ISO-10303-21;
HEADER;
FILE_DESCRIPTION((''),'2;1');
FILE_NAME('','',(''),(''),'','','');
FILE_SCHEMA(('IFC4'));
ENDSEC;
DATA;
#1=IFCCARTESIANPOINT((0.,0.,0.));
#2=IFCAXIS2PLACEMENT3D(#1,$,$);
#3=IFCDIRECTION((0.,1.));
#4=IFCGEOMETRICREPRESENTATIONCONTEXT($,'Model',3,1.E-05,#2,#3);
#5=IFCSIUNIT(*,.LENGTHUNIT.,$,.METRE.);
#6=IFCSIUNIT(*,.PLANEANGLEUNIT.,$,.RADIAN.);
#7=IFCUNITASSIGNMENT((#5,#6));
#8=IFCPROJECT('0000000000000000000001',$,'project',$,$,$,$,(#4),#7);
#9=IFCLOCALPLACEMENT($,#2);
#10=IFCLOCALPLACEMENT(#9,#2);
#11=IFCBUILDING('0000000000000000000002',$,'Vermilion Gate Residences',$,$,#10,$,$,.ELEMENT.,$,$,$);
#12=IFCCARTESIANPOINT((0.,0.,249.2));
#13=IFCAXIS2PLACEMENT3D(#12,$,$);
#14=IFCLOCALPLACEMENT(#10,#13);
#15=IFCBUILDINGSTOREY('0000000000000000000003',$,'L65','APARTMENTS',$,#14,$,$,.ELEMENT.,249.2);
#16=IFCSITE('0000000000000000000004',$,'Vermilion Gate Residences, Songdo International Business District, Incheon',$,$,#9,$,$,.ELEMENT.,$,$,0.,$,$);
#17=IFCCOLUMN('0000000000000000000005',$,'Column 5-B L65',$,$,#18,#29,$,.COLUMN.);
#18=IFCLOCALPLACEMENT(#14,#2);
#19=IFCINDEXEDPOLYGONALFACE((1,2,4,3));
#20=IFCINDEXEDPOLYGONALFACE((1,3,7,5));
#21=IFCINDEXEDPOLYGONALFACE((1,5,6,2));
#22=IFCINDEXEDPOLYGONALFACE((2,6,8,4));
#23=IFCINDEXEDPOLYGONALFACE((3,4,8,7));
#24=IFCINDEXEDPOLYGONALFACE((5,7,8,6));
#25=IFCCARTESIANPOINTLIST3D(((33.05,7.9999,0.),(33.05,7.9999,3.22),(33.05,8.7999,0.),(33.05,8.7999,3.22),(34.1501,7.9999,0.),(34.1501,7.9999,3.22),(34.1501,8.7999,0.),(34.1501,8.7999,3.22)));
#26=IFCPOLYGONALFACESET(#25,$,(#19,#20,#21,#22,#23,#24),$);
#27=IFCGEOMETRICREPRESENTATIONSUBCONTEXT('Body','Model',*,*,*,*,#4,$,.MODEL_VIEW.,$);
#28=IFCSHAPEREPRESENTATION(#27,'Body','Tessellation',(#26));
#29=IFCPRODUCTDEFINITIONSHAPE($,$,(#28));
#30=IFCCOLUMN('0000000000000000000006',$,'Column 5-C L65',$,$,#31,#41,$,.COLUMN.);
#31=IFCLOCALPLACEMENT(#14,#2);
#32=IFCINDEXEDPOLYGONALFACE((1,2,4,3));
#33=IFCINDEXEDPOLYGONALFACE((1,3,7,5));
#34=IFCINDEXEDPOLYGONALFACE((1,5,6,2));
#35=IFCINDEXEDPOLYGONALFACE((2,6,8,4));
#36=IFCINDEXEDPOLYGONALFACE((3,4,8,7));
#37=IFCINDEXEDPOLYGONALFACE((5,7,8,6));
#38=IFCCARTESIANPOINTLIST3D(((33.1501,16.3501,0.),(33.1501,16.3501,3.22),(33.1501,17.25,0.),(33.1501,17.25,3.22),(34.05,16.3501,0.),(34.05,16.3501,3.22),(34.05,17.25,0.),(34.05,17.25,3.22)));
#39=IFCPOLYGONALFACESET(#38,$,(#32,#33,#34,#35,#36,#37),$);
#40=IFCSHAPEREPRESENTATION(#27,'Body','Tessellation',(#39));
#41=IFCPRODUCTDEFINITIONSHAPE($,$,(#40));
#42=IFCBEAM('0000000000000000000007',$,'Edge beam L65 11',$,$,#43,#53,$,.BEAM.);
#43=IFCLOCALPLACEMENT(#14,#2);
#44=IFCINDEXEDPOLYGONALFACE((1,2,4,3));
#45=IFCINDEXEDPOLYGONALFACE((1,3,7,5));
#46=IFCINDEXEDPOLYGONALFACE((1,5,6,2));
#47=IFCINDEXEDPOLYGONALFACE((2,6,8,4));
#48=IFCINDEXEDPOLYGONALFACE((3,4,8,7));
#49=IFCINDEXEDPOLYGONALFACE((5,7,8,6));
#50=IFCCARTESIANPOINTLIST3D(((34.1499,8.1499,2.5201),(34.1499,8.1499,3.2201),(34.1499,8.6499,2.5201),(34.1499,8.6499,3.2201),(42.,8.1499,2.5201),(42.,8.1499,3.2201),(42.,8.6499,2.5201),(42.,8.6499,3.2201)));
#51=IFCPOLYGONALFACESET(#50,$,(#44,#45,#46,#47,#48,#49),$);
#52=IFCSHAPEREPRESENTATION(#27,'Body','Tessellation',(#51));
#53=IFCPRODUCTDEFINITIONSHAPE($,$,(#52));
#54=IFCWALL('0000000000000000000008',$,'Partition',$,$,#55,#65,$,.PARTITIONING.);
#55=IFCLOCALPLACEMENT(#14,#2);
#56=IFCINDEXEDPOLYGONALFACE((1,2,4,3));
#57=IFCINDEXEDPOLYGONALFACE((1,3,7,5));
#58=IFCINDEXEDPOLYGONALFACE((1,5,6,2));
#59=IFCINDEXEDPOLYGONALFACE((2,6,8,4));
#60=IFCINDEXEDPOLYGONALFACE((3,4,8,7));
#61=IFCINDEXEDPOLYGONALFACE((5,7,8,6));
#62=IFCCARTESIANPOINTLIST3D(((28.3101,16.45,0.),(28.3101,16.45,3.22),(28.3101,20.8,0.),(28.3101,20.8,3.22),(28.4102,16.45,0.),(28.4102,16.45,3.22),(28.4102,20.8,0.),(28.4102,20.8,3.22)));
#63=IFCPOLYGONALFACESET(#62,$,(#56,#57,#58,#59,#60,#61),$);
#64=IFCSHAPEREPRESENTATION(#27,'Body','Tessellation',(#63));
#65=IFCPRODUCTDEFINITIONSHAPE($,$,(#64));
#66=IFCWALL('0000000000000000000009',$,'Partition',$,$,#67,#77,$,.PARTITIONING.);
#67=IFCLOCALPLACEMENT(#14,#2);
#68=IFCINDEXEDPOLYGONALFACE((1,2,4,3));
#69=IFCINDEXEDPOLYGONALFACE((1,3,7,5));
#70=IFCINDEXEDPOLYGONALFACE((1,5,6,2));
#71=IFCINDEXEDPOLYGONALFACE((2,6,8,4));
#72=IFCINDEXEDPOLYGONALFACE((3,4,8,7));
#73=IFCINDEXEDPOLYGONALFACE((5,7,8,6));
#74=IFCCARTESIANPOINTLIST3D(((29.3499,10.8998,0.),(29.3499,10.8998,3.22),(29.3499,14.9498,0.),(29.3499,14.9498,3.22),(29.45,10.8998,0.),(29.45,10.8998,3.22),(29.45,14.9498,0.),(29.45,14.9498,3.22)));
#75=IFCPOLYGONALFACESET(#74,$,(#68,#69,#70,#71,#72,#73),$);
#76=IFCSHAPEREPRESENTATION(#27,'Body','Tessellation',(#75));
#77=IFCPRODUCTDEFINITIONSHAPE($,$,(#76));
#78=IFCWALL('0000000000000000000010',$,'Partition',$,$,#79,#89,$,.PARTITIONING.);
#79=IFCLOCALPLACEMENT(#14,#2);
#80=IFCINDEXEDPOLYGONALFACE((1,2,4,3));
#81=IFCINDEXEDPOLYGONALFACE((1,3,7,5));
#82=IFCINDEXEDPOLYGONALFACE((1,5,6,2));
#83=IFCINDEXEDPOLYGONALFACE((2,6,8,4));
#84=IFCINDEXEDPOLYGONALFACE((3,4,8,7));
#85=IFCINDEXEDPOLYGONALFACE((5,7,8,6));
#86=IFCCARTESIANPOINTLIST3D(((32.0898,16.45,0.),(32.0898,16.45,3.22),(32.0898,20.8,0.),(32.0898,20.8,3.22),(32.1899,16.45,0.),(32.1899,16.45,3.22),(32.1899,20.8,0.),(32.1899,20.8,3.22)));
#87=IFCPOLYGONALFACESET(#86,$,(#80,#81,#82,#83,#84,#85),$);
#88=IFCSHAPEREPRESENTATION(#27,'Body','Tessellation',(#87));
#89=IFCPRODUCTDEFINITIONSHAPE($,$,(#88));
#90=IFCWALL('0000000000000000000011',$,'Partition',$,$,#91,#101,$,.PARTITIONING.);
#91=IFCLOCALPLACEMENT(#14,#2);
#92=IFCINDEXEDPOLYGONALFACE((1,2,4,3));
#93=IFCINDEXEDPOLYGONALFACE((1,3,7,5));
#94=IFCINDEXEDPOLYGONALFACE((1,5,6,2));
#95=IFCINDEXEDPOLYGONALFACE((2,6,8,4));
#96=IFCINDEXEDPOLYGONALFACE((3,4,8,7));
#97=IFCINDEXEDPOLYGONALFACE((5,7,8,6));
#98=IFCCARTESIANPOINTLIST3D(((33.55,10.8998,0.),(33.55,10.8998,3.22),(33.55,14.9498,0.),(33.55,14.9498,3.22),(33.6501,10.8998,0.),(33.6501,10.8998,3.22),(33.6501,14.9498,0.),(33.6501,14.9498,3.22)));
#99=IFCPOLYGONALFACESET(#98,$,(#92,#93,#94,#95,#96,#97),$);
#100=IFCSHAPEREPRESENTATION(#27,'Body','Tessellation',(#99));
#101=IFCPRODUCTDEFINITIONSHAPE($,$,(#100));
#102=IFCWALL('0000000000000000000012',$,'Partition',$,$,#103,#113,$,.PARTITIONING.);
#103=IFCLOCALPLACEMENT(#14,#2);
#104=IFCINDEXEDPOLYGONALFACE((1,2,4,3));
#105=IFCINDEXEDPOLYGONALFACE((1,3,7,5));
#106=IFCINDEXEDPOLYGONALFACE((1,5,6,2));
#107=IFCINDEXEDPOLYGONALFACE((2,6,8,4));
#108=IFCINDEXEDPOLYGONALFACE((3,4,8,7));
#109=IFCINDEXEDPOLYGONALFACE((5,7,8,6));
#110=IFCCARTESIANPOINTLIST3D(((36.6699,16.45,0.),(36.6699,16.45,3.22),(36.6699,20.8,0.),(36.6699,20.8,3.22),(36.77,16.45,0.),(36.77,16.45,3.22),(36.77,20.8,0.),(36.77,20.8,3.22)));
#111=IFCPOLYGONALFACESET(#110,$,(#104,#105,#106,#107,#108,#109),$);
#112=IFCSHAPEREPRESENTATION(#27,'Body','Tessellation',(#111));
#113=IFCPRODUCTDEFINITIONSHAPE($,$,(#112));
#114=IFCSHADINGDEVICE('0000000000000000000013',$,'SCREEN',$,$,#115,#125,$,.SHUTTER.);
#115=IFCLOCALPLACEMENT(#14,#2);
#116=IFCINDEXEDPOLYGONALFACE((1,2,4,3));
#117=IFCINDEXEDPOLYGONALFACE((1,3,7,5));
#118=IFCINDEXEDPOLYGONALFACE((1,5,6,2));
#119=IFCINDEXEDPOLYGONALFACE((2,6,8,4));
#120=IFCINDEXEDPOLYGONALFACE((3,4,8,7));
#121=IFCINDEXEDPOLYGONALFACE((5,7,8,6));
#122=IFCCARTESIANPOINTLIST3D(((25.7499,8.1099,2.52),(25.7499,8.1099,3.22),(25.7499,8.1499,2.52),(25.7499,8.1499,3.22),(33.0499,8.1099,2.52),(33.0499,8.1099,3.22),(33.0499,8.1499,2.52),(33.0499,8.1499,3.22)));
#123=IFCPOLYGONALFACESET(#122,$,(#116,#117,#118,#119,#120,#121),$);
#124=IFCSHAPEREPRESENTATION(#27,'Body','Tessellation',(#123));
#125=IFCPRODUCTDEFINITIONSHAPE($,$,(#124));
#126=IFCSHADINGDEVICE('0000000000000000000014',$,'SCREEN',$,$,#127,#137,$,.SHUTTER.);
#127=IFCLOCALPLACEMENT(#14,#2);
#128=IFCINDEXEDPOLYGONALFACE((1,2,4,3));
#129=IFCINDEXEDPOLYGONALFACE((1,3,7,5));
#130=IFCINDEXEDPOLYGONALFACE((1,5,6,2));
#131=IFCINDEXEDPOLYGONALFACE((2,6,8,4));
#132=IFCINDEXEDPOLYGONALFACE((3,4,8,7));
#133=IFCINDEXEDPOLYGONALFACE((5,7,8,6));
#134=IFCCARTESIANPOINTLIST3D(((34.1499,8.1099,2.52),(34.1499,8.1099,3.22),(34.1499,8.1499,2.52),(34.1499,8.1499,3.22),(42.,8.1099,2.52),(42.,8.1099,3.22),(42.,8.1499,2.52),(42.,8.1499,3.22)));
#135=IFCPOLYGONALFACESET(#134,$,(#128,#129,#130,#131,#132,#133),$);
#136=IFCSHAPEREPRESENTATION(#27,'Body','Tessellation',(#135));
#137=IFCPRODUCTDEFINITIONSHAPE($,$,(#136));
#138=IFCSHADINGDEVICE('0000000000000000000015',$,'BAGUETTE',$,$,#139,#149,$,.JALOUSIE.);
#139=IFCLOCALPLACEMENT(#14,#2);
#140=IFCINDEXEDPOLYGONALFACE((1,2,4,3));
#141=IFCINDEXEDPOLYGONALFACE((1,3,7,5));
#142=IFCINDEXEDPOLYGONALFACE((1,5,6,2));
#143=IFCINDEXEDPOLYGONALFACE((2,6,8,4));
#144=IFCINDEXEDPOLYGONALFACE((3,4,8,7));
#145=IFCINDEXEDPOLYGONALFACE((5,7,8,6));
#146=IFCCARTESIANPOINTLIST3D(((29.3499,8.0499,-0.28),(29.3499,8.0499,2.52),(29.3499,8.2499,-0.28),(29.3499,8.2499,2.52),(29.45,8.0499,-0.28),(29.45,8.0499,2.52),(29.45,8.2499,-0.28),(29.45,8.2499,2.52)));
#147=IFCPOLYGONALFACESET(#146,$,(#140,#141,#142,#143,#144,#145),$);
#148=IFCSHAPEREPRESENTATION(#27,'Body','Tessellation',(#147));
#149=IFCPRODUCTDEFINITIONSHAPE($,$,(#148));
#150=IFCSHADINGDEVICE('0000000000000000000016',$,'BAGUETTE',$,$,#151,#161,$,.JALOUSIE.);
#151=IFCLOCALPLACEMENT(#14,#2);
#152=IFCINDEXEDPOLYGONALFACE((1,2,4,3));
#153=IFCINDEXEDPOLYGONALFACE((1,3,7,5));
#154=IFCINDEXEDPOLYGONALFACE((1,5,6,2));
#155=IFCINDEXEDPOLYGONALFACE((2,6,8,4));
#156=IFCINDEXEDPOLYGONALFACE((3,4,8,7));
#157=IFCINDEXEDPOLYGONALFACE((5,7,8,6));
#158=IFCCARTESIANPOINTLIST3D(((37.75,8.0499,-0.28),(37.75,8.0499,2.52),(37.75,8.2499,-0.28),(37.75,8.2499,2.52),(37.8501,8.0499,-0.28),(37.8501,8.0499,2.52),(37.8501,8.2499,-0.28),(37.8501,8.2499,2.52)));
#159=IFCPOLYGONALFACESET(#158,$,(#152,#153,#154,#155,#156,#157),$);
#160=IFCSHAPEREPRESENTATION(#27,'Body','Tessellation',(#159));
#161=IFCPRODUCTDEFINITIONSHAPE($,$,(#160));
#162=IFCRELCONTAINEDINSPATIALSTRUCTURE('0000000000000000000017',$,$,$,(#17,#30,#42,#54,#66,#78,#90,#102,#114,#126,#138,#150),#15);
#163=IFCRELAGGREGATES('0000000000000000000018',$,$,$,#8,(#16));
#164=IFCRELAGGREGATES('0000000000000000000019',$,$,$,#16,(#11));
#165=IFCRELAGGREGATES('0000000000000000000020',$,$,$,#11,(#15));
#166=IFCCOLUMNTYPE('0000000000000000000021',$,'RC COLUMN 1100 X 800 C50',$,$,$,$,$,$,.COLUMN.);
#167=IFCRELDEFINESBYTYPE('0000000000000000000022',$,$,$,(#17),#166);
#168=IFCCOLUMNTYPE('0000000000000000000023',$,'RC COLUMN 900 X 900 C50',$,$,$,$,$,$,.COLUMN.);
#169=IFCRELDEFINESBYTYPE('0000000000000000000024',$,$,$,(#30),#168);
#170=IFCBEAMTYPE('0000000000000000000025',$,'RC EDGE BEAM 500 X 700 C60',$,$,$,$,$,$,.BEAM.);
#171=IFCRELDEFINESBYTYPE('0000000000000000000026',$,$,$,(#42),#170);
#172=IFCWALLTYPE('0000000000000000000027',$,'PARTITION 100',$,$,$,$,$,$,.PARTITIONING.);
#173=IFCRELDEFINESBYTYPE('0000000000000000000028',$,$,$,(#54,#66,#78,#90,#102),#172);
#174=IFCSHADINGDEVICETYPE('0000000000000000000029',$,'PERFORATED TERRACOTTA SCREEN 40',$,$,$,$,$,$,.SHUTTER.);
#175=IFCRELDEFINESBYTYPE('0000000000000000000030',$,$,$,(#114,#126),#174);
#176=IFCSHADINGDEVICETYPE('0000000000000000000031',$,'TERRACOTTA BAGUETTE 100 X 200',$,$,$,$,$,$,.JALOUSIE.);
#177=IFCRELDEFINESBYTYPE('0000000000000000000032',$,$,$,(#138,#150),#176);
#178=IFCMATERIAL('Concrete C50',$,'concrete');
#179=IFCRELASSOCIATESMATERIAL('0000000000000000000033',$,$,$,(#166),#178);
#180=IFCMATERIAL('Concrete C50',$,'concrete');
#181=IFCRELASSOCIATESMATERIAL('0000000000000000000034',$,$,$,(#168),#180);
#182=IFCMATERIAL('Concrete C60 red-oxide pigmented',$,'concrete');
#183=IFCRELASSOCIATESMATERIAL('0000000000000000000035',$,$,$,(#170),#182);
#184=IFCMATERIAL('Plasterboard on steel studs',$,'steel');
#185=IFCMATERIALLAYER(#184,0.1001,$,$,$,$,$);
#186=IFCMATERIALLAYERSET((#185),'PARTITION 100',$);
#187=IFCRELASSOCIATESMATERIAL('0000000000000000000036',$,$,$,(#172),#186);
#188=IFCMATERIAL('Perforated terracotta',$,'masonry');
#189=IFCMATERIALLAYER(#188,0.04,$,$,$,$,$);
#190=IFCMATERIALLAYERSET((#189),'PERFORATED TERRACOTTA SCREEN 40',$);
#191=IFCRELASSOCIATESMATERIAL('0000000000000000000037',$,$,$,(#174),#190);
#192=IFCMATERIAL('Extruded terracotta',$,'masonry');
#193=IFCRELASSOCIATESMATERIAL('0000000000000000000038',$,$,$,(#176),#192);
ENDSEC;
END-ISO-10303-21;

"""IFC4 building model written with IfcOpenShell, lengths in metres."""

from ifc_helpers import new_model, si_unit, direction, frame, frame_2d, origin, origin_2d, place, context, subcontext, project, spatial, rectangle, extrude, material, layer, layer_set, material_profile, profile_set, type_object, element, save


model = new_model("IFC4")

# Units and contexts
model_context = context("Model", 3, precision=1e-05, world=origin(), true_north=direction((0.0, 1.0)))
body_context = subcontext(model_context, "Body", "Model", "MODEL_VIEW")
ifc_project = project(units=[si_unit("LENGTHUNIT", "METRE"), si_unit("PLANEANGLEUNIT", "RADIAN")], contexts=[model_context])

# Site, building, storey
site_placement = place(None, origin())
site = spatial("IfcSite", under=ifc_project, at=site_placement, Name="Vermilion Gate Residences, Songdo International Business District, Incheon", CompositionType="ELEMENT", RefElevation=0.0)
building_placement = place(site_placement, origin())
building = spatial("IfcBuilding", under=site, at=building_placement, Name="Vermilion Gate Residences", CompositionType="ELEMENT")
storey_placement = place(building_placement, frame((0.0, 0.0, 249.2)))
storey = spatial("IfcBuildingStorey", under=building, at=storey_placement, Name="L65", Description="APARTMENTS", CompositionType="ELEMENT", Elevation=249.2)

# Columns
ifc_material_1 = material(Name="Concrete C50", Category="concrete")
ifc_material_profile_1 = material_profile(ifc_material_1, rectangle(XDim=1.1001, YDim=0.8, at=origin_2d()), Name="RC-1100x800")
ifc_profile_set_1 = profile_set([ifc_material_profile_1], Name="Concrete C50")
column_type_1 = type_object("IfcColumnType", Name="RC COLUMN 1100 X 800 C50", PredefinedType="COLUMN", material=ifc_profile_set_1)
column_1_placement = place(storey_placement, frame((33.6001, 8.3999, 0.0), z_axis=(0.0, 0.0, 1.0), x_axis=(1.0, 0.0, 0.0)))
element("IfcColumn", 1, at=column_1_placement, inside=storey, type_object=column_type_1, Name="Column 5-B L65", PredefinedType="COLUMN", context=body_context, shape_type="SweptSolid", body=[
    extrude(rectangle(XDim=1.1001, YDim=0.8, at=origin_2d()), origin(), (0.0, 0.0, 1.0), 3.22),
])
ifc_material_2 = material(Name="Concrete C50", Category="concrete")
ifc_material_profile_2 = material_profile(ifc_material_2, rectangle(XDim=0.8999, YDim=0.8999, at=origin_2d()), Name="RC-900x900")
ifc_profile_set_2 = profile_set([ifc_material_profile_2], Name="Concrete C50")
column_type_2 = type_object("IfcColumnType", Name="RC COLUMN 900 X 900 C50", PredefinedType="COLUMN", material=ifc_profile_set_2)
column_2_placement = place(storey_placement, frame((33.6001, 16.8, 0.0), z_axis=(0.0, 0.0, 1.0), x_axis=(1.0, 0.0, 0.0)))
element("IfcColumn", 2, at=column_2_placement, inside=storey, type_object=column_type_2, Name="Column 5-C L65", PredefinedType="COLUMN", context=body_context, shape_type="SweptSolid", body=[
    extrude(rectangle(XDim=0.8999, YDim=0.8999, at=origin_2d()), origin(), (0.0, 0.0, 1.0), 3.22),
])

# Beam
ifc_material_3 = material(Name="Concrete C60 red-oxide pigmented", Category="concrete")
ifc_material_profile_3 = material_profile(ifc_material_3, rectangle(XDim=0.5, YDim=0.7, at=origin_2d()), Name="RC-500x700")
ifc_profile_set_3 = profile_set([ifc_material_profile_3], Name="Concrete C60 red-oxide pigmented")
beam_type = type_object("IfcBeamType", Name="RC EDGE BEAM 500 X 700 C60", PredefinedType="BEAM", material=ifc_profile_set_3)
beam_placement = place(storey_placement, frame((34.1499, 8.3999, 2.8701), z_axis=(1.0, 0.0, 0.0), x_axis=(0.0, 1.0, 0.0)))
element("IfcBeam", 3, at=beam_placement, inside=storey, type_object=beam_type, Name="Edge beam L65 11", PredefinedType="BEAM", context=body_context, shape_type="SweptSolid", body=[
    extrude(rectangle(XDim=0.5, YDim=0.7, at=origin_2d()), origin(), (0.0, 0.0, 1.0), 7.8501),
])

# Walls
ifc_material_4 = material(Name="Plasterboard on steel studs", Category="steel")
ifc_layer_1 = layer(ifc_material_4, 0.1001)
ifc_layer_set_1 = layer_set([ifc_layer_1], Name="PARTITION 100")
wall_type = type_object("IfcWallType", Name="PARTITION 100", PredefinedType="PARTITIONING", material=ifc_layer_set_1)
wall_1_placement = place(storey_placement, frame((28.3601, 16.45, 0.0), z_axis=(0.0, 0.0, 1.0), x_axis=(0.0, 1.0, 0.0)))
element("IfcWall", 4, at=wall_1_placement, inside=storey, type_object=wall_type, Name="Partition", PredefinedType="PARTITIONING", context=body_context, shape_type="SweptSolid", body=[
    extrude(rectangle(XDim=4.3501, YDim=0.1001, at=frame_2d((2.175, 0.0))), origin(), (0.0, 0.0, 1.0), 3.22),
])
wall_2_placement = place(storey_placement, frame((29.3999, 10.8999, 0.0), z_axis=(0.0, 0.0, 1.0), x_axis=(0.0, 1.0, 0.0)))
element("IfcWall", 5, at=wall_2_placement, inside=storey, type_object=wall_type, Name="Partition", PredefinedType="PARTITIONING", context=body_context, shape_type="SweptSolid", body=[
    extrude(rectangle(XDim=4.05, YDim=0.1001, at=frame_2d((2.0249, 0.0))), origin(), (0.0, 0.0, 1.0), 3.22),
])
wall_3_placement = place(storey_placement, frame((32.1399, 16.45, 0.0), z_axis=(0.0, 0.0, 1.0), x_axis=(0.0, 1.0, 0.0)))
element("IfcWall", 6, at=wall_3_placement, inside=storey, type_object=wall_type, Name="Partition", PredefinedType="PARTITIONING", context=body_context, shape_type="SweptSolid", body=[
    extrude(rectangle(XDim=4.3501, YDim=0.1001, at=frame_2d((2.175, 0.0))), origin(), (0.0, 0.0, 1.0), 3.22),
])
wall_4_placement = place(storey_placement, frame((33.6001, 10.8999, 0.0), z_axis=(0.0, 0.0, 1.0), x_axis=(0.0, 1.0, 0.0)))
element("IfcWall", 7, at=wall_4_placement, inside=storey, type_object=wall_type, Name="Partition", PredefinedType="PARTITIONING", context=body_context, shape_type="SweptSolid", body=[
    extrude(rectangle(XDim=4.05, YDim=0.1001, at=frame_2d((2.0249, 0.0))), origin(), (0.0, 0.0, 1.0), 3.22),
])
wall_5_placement = place(storey_placement, frame((36.72, 16.45, 0.0), z_axis=(0.0, 0.0, 1.0), x_axis=(0.0, 1.0, 0.0)))
element("IfcWall", 8, at=wall_5_placement, inside=storey, type_object=wall_type, Name="Partition", PredefinedType="PARTITIONING", context=body_context, shape_type="SweptSolid", body=[
    extrude(rectangle(XDim=4.3501, YDim=0.1001, at=frame_2d((2.175, 0.0))), origin(), (0.0, 0.0, 1.0), 3.22),
])

# Shading devices
ifc_material_5 = material(Name="Perforated terracotta", Category="masonry")
ifc_layer_2 = layer(ifc_material_5, 0.04)
ifc_layer_set_2 = layer_set([ifc_layer_2], Name="PERFORATED TERRACOTTA SCREEN 40")
shading_device_type_1 = type_object("IfcShadingDeviceType", Name="PERFORATED TERRACOTTA SCREEN 40", PredefinedType="SHUTTER", material=ifc_layer_set_2)
shading_device_1_placement = place(storey_placement, frame((29.3999, 8.1299, 2.52), z_axis=(0.0, 0.0, 1.0), x_axis=(1.0, 0.0, 0.0)))
element("IfcShadingDevice", 9, at=shading_device_1_placement, inside=storey, type_object=shading_device_type_1, Name="SCREEN", PredefinedType="SHUTTER", context=body_context, shape_type="SweptSolid", body=[
    extrude(rectangle(XDim=7.3, YDim=0.04, at=origin_2d()), origin(), (0.0, 0.0, 1.0), 0.7),
])
shading_device_2_placement = place(storey_placement, frame((38.075, 8.1299, 2.52), z_axis=(0.0, 0.0, 1.0), x_axis=(1.0, 0.0, 0.0)))
element("IfcShadingDevice", 10, at=shading_device_2_placement, inside=storey, type_object=shading_device_type_1, Name="SCREEN", PredefinedType="SHUTTER", context=body_context, shape_type="SweptSolid", body=[
    extrude(rectangle(XDim=7.8501, YDim=0.04, at=origin_2d()), origin(), (0.0, 0.0, 1.0), 0.7),
])
ifc_material_6 = material(Name="Extruded terracotta", Category="masonry")
ifc_material_profile_4 = material_profile(ifc_material_6, rectangle(XDim=0.2, YDim=0.1001, at=origin_2d()), Name="BAGUETTE 100 X 200")
ifc_profile_set_4 = profile_set([ifc_material_profile_4], Name="Extruded terracotta")
shading_device_type_2 = type_object("IfcShadingDeviceType", Name="TERRACOTTA BAGUETTE 100 X 200", PredefinedType="JALOUSIE", material=ifc_profile_set_4)
for number, where, z_axis, x_axis, name in (
    (11, (29.3999, 8.1499, -0.28), (0.0, 0.0, 1.0), (0.0, 1.0, 0.0), "BAGUETTE"),
    (12, (37.8, 8.1499, -0.28), (0.0, 0.0, 1.0), (0.0, 1.0, 0.0), "BAGUETTE"),
):
    element("IfcShadingDevice", number, at=place(storey_placement, frame(where, z_axis=z_axis, x_axis=x_axis)), inside=storey, type_object=shading_device_type_2, Name=name, PredefinedType="JALOUSIE", context=body_context, shape_type="SweptSolid", body=[
        extrude(rectangle(XDim=0.2, YDim=0.1001, at=origin_2d()), origin(), (0.0, 0.0, 1.0), 2.8),
    ])

save(model, "model.ifc")
